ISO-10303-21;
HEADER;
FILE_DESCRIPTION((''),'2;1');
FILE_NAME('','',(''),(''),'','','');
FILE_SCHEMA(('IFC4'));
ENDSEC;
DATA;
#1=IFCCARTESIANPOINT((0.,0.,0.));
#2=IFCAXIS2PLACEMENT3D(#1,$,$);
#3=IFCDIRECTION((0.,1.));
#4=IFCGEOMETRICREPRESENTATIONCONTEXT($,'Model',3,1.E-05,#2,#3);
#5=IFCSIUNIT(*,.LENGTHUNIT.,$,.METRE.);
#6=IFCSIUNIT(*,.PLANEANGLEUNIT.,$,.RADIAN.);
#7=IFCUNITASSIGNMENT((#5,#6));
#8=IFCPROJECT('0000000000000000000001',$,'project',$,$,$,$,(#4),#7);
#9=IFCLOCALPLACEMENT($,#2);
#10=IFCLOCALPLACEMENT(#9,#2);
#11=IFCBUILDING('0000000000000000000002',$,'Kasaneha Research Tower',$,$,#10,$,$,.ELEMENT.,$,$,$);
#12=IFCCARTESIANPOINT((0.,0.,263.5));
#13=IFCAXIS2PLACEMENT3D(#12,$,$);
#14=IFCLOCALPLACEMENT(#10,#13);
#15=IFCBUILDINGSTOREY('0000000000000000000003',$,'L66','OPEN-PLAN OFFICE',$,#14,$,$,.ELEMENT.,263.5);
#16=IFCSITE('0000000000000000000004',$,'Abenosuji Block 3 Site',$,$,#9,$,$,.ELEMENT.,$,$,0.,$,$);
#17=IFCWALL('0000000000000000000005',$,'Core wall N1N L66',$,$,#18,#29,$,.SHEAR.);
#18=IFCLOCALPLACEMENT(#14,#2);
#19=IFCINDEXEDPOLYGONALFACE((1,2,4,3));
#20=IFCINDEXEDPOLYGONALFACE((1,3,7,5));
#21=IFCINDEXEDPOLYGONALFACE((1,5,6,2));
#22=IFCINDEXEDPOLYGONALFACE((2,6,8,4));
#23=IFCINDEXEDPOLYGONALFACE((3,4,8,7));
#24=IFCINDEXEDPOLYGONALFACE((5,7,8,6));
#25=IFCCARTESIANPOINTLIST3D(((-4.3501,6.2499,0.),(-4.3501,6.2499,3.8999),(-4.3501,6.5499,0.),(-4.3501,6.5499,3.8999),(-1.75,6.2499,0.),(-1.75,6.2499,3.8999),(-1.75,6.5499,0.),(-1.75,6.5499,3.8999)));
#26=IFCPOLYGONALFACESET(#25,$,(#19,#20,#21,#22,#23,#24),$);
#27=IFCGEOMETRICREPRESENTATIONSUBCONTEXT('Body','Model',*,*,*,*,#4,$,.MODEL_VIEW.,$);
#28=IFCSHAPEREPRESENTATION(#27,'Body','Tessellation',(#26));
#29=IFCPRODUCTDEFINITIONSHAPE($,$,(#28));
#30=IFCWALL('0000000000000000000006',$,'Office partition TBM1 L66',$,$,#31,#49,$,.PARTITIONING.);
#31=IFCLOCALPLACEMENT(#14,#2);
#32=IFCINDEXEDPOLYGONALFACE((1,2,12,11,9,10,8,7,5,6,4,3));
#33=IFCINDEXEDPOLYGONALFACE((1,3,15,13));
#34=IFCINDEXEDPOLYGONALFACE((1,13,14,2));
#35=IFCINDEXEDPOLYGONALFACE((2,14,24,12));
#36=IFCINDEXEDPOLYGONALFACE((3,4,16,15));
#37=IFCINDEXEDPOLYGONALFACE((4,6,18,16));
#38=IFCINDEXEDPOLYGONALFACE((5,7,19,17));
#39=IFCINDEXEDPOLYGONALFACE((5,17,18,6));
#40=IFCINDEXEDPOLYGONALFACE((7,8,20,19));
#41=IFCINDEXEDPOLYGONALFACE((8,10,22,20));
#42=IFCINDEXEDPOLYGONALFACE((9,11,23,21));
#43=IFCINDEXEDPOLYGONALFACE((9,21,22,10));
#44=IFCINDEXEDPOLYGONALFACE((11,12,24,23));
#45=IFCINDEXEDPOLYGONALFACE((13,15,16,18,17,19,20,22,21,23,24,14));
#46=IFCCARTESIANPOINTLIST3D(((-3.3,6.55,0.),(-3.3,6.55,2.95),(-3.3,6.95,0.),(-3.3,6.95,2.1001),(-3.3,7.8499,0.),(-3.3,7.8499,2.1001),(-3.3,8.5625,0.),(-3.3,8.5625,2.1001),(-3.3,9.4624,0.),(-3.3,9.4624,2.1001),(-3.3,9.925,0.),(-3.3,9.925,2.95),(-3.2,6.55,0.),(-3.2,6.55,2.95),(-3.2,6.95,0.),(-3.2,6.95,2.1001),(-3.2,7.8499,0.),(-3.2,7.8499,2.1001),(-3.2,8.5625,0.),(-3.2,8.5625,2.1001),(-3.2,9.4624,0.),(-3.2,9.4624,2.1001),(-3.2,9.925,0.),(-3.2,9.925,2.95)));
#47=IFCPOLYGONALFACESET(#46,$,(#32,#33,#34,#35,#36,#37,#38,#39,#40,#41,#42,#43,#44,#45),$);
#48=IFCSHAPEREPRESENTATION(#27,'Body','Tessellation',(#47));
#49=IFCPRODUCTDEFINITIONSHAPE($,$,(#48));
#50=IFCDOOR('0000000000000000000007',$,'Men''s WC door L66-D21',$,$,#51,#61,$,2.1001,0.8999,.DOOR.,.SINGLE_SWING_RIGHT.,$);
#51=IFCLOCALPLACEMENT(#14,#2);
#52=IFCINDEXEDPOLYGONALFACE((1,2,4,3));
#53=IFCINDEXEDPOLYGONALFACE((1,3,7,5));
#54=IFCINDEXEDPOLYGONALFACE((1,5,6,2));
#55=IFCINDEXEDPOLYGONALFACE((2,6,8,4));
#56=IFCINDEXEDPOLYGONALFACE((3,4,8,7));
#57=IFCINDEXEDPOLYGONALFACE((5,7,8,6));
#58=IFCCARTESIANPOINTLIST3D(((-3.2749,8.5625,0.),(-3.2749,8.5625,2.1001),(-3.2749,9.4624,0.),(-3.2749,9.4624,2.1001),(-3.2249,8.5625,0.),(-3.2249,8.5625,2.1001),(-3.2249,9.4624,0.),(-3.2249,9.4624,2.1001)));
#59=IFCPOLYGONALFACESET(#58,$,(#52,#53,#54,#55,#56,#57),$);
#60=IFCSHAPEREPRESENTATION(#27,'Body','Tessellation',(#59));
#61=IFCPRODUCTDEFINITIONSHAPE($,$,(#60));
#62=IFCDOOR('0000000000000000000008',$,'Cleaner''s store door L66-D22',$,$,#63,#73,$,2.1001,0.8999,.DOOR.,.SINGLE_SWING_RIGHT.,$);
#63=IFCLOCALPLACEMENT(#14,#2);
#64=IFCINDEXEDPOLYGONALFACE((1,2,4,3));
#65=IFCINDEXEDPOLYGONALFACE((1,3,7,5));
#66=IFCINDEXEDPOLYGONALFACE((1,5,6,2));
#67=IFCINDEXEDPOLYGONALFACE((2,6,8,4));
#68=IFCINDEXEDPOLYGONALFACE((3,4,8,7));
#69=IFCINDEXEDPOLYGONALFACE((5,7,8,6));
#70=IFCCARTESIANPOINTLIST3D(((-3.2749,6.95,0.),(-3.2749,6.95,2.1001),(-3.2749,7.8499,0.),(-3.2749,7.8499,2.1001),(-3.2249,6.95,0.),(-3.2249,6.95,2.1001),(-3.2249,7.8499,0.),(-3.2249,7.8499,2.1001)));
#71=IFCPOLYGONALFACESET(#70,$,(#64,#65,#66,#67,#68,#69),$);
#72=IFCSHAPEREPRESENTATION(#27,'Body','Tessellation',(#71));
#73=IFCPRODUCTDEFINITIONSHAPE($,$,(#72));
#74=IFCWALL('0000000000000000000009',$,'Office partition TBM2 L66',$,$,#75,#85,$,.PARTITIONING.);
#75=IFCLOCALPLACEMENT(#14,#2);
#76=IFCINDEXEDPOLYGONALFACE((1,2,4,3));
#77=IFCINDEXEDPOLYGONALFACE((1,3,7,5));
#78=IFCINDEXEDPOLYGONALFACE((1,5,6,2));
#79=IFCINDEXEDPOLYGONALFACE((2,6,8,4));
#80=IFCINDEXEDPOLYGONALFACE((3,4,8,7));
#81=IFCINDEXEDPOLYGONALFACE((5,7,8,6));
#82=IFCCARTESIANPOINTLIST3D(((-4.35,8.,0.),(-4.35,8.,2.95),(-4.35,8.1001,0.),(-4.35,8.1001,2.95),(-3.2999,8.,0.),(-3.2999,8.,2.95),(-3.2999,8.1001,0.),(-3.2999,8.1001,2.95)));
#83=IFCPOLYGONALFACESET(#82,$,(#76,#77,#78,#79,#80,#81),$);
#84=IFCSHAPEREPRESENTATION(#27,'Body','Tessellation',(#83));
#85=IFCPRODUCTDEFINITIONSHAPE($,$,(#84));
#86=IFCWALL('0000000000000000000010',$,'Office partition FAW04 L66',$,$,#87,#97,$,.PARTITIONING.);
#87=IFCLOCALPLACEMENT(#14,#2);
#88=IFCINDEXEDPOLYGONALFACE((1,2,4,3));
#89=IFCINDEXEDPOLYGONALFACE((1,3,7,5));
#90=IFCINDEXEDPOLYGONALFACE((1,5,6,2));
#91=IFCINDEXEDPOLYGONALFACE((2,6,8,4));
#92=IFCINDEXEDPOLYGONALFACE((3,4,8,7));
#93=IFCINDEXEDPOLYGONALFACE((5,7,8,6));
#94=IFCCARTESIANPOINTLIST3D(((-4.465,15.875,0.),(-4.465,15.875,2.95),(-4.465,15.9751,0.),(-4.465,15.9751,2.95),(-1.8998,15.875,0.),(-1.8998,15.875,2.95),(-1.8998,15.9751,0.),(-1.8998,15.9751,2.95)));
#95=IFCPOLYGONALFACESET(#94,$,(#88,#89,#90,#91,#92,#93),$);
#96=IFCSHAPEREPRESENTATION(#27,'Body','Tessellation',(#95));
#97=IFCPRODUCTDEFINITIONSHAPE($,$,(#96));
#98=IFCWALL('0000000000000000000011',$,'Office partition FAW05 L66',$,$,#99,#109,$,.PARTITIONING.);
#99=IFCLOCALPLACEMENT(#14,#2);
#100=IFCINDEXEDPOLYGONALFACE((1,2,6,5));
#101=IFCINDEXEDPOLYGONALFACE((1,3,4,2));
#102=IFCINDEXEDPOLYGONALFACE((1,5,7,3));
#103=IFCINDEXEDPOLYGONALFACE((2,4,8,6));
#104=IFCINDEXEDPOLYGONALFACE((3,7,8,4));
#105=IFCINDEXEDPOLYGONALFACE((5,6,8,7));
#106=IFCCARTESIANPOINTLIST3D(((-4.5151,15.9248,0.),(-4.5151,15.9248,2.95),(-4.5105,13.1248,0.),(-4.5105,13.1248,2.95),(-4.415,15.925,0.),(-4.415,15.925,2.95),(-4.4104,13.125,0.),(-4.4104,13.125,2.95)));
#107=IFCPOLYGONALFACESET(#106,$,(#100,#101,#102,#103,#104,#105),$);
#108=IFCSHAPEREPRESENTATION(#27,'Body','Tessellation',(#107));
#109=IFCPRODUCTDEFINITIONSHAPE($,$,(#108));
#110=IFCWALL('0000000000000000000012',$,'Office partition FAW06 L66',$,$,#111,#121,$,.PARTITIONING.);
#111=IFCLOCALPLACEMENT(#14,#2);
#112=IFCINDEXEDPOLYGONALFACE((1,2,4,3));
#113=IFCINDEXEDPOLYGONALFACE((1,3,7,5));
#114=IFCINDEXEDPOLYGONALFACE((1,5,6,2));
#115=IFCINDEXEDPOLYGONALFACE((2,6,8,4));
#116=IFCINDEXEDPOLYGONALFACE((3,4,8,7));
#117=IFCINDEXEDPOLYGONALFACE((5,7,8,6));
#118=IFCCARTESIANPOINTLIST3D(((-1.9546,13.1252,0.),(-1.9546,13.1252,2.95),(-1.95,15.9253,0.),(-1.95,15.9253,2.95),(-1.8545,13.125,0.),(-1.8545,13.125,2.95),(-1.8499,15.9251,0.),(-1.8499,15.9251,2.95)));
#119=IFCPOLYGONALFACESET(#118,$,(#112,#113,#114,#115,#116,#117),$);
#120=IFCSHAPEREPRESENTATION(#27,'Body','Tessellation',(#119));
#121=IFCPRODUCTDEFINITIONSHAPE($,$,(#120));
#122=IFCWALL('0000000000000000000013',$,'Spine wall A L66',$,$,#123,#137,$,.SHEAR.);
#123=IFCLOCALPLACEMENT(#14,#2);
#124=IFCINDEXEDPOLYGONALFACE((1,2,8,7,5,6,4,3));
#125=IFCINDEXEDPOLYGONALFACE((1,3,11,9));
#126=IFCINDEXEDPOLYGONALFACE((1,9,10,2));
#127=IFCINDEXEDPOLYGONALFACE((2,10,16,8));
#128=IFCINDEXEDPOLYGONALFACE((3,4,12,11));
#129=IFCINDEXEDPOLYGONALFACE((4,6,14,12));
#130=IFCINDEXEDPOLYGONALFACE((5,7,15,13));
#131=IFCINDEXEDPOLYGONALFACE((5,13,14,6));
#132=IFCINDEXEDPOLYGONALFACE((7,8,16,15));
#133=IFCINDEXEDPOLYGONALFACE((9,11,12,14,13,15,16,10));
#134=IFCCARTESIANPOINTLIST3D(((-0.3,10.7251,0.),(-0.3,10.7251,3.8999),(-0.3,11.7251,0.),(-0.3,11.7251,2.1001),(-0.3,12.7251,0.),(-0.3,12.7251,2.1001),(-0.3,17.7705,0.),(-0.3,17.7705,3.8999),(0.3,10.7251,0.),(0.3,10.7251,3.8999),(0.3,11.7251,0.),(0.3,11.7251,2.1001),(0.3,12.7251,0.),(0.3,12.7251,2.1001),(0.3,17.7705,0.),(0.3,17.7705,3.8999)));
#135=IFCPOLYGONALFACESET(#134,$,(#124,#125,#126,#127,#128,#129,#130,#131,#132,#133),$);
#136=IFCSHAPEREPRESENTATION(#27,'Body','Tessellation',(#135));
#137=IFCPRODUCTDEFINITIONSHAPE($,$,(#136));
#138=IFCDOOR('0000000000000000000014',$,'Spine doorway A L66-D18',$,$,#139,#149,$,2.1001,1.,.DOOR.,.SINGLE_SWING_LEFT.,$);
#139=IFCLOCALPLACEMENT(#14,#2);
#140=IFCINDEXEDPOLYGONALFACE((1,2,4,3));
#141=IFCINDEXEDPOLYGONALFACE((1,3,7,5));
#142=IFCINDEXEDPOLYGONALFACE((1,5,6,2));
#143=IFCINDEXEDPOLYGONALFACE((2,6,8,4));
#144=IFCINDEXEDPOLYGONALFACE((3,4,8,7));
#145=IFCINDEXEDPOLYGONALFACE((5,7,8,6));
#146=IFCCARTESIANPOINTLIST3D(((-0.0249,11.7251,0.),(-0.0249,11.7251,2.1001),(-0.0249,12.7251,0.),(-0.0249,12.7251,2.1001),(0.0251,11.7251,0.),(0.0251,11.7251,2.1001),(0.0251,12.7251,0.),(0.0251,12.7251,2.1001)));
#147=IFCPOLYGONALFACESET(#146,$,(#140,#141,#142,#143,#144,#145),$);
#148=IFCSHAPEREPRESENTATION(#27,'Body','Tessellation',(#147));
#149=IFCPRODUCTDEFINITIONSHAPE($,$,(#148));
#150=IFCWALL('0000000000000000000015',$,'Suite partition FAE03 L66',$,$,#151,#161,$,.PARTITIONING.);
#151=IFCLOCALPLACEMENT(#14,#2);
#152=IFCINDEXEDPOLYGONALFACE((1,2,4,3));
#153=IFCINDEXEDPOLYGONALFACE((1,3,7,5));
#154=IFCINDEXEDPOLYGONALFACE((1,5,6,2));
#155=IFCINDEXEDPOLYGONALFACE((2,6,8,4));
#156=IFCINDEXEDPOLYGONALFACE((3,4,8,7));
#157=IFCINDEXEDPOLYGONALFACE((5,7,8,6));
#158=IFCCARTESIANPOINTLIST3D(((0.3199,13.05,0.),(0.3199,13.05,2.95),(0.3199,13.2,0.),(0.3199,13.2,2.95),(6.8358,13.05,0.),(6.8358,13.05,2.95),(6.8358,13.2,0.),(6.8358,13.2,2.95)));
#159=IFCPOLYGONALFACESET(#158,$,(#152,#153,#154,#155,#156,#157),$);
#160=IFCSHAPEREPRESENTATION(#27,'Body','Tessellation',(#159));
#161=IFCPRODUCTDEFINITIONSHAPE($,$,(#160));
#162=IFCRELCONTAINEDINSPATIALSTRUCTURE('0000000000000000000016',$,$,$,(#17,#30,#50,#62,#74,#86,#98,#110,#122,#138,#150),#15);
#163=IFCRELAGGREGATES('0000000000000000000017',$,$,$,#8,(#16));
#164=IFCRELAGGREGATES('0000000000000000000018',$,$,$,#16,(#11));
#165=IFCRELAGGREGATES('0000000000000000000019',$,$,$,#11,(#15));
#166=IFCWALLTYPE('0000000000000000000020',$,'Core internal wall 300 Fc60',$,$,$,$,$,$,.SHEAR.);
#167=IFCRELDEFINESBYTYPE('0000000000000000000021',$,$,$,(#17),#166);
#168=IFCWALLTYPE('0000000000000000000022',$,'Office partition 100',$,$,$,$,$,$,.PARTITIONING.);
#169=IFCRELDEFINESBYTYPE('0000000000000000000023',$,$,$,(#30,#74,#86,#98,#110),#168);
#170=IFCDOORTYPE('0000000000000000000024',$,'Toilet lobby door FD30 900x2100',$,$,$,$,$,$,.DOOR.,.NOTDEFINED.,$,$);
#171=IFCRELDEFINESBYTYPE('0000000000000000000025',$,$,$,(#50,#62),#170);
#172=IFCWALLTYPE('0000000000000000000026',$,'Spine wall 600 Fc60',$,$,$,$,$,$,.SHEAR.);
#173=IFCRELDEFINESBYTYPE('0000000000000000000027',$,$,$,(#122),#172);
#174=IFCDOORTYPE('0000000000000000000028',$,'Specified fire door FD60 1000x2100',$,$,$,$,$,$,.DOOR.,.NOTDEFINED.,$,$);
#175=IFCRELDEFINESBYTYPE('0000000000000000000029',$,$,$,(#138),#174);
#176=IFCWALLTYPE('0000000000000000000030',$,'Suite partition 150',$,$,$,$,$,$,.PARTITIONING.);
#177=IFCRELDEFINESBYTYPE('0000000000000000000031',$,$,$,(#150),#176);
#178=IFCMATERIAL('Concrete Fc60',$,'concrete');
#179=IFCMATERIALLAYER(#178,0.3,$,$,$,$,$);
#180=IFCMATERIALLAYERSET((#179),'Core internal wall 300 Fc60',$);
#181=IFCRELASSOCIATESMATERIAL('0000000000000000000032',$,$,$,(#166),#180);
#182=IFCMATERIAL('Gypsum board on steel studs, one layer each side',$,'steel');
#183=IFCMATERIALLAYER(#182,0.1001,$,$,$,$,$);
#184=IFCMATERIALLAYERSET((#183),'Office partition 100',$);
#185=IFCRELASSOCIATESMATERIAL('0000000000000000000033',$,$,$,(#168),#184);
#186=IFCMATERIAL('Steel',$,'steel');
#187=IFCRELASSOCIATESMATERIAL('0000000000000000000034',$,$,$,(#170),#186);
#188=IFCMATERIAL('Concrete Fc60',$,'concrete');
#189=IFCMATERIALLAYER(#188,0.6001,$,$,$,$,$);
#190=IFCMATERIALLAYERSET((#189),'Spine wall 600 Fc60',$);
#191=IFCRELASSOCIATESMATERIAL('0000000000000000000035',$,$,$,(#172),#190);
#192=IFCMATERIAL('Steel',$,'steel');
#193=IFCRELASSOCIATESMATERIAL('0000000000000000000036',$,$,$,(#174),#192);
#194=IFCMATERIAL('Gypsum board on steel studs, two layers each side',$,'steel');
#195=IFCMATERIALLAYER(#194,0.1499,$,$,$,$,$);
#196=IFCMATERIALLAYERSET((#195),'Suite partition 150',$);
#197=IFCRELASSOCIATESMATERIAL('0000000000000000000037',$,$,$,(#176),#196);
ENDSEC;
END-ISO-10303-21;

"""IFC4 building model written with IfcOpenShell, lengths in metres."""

from ifc_helpers import new_model, si_unit, direction, frame, frame_2d, origin, place, context, subcontext, project, spatial, rectangle, extrude, material, layer, layer_set, type_object, element, fill, save


model = new_model("IFC4")

# Units and contexts
model_context = context("Model", 3, precision=1e-05, world=origin(), true_north=direction((0.0, 1.0)))
body_context = subcontext(model_context, "Body", "Model", "MODEL_VIEW")
ifc_project = project(units=[si_unit("LENGTHUNIT", "METRE"), si_unit("PLANEANGLEUNIT", "RADIAN")], contexts=[model_context])

# Site, building, storey
site_placement = place(None, origin())
site = spatial("IfcSite", under=ifc_project, at=site_placement, Name="Abenosuji Block 3 Site", CompositionType="ELEMENT", RefElevation=0.0)
building_placement = place(site_placement, origin())
building = spatial("IfcBuilding", under=site, at=building_placement, Name="Kasaneha Research Tower", CompositionType="ELEMENT")
storey_placement = place(building_placement, frame((0.0, 0.0, 263.5)))
storey = spatial("IfcBuildingStorey", under=building, at=storey_placement, Name="L66", Description="OPEN-PLAN OFFICE", CompositionType="ELEMENT", Elevation=263.5)

# Shared definitions
ifc_material_1 = material(Name="Concrete Fc60", Category="concrete")
ifc_layer_1 = layer(ifc_material_1, 0.3)
ifc_layer_set_1 = layer_set([ifc_layer_1], Name="Core internal wall 300 Fc60")
wall_type_1 = type_object("IfcWallType", Name="Core internal wall 300 Fc60", PredefinedType="SHEAR", material=ifc_layer_set_1)

# Wall
wall_1_placement = place(storey_placement, frame((-4.3501, 6.3999, 0.0), z_axis=(0.0, 0.0, 1.0), x_axis=(1.0, 0.0, 0.0)))
element("IfcWall", 1, at=wall_1_placement, inside=storey, type_object=wall_type_1, Name="Core wall N1N L66", PredefinedType="SHEAR", context=body_context, shape_type="SweptSolid", body=[
    extrude(rectangle(XDim=2.6001, YDim=0.3, at=frame_2d((1.3, 0.0))), origin(), (0.0, 0.0, 1.0), 3.8999),
])

# Wall, openings, doors
ifc_material_2 = material(Name="Gypsum board on steel studs, one layer each side", Category="steel")
ifc_layer_2 = layer(ifc_material_2, 0.1001)
ifc_layer_set_2 = layer_set([ifc_layer_2], Name="Office partition 100")
wall_type_2 = type_object("IfcWallType", Name="Office partition 100", PredefinedType="PARTITIONING", material=ifc_layer_set_2)
wall_2_placement = place(storey_placement, frame((-3.25, 6.55, 0.0), z_axis=(0.0, 0.0, 1.0), x_axis=(0.0, 1.0, 0.0)))
wall_2 = element("IfcWall", 2, at=wall_2_placement, inside=storey, type_object=wall_type_2, Name="Office partition TBM1 L66", PredefinedType="PARTITIONING", context=body_context, shape_type="SweptSolid", body=[
    extrude(rectangle(XDim=3.375, YDim=0.1001, at=frame_2d((1.6875, 0.0))), origin(), (0.0, 0.0, 1.0), 2.95),
])
opening_1_placement = place(wall_2_placement, frame((2.0125, 0.0, 0.0)))
opening_1 = element("IfcOpeningElement", 3, at=opening_1_placement, cuts=wall_2, PredefinedType="OPENING", context=body_context, shape_type="SweptSolid", body=[
    extrude(rectangle(XDim=0.8999, YDim=2.1001, at=frame_2d((0.45, 1.05))), frame((0.0, 0.0601, 0.0), z_axis=(0.0, -1.0, 0.0), x_axis=(1.0, 0.0, 0.0)), (0.0, 0.0, 1.0), 0.1201),
])
opening_2_placement = place(wall_2_placement, frame((0.3999, 0.0, 0.0)))
opening_2 = element("IfcOpeningElement", 4, at=opening_2_placement, cuts=wall_2, PredefinedType="OPENING", context=body_context, shape_type="SweptSolid", body=[
    extrude(rectangle(XDim=0.8999, YDim=2.1001, at=frame_2d((0.45, 1.05))), frame((0.0, 0.0601, 0.0), z_axis=(0.0, -1.0, 0.0), x_axis=(1.0, 0.0, 0.0)), (0.0, 0.0, 1.0), 0.1201),
])
ifc_material_3 = material(Name="Steel", Category="steel")
door_type_1 = type_object("IfcDoorType", Name="Toilet lobby door FD30 900x2100", OperationType="NOTDEFINED", PredefinedType="DOOR", material=ifc_material_3)
door_1_placement = place(opening_1_placement, origin())
door_1 = element("IfcDoor", 5, at=door_1_placement, inside=storey, type_object=door_type_1, Name="Men's WC door L66-D21", OperationType="SINGLE_SWING_RIGHT", OverallHeight=2.1001, OverallWidth=0.8999, PredefinedType="DOOR", context=body_context, shape_type="SweptSolid", body=[
    extrude(rectangle(XDim=0.8999, YDim=2.1001, at=frame_2d((0.45, 1.05))), frame((0.0, 0.0249, 0.0), z_axis=(0.0, -1.0, 0.0), x_axis=(1.0, 0.0, 0.0)), (0.0, 0.0, 1.0), 0.05),
])
fill(opening_1, door_1)
door_2_placement = place(opening_2_placement, origin())
door_2 = element("IfcDoor", 6, at=door_2_placement, inside=storey, type_object=door_type_1, Name="Cleaner's store door L66-D22", OperationType="SINGLE_SWING_RIGHT", OverallHeight=2.1001, OverallWidth=0.8999, PredefinedType="DOOR", context=body_context, shape_type="SweptSolid", body=[
    extrude(rectangle(XDim=0.8999, YDim=2.1001, at=frame_2d((0.45, 1.05))), frame((0.0, 0.0249, 0.0), z_axis=(0.0, -1.0, 0.0), x_axis=(1.0, 0.0, 0.0)), (0.0, 0.0, 1.0), 0.05),
])
fill(opening_2, door_2)

# Walls
wall_3_placement = place(storey_placement, frame((-3.3, 8.05, 0.0), z_axis=(0.0, 0.0, 1.0), x_axis=(-1.0, 0.0, 0.0)))
element("IfcWall", 7, at=wall_3_placement, inside=storey, type_object=wall_type_2, Name="Office partition TBM2 L66", PredefinedType="PARTITIONING", context=body_context, shape_type="SweptSolid", body=[
    extrude(rectangle(XDim=1.05, YDim=0.1001, at=frame_2d((0.5249, 0.0))), origin(), (0.0, 0.0, 1.0), 2.95),
])
wall_4_placement = place(storey_placement, frame((-4.4651, 15.925, 0.0), z_axis=(0.0, 0.0, 1.0), x_axis=(1.0, 0.0, 0.0)))
element("IfcWall", 8, at=wall_4_placement, inside=storey, type_object=wall_type_2, Name="Office partition FAW04 L66", PredefinedType="PARTITIONING", context=body_context, shape_type="SweptSolid", body=[
    extrude(rectangle(XDim=2.5652, YDim=0.1001, at=frame_2d((1.2827, 0.0))), origin(), (0.0, 0.0, 1.0), 2.95),
])
for number, where, z_axis, x_axis, name in (
    (9, (-4.4604, 13.125, 0.0), (0.0, 0.0, 1.0), (-0.001657, 0.999999, 0.0), "Office partition FAW05 L66"),
    (10, (-1.8999, 15.925, 0.0), (0.0, 0.0, 1.0), (-0.001657, -0.999999, 0.0), "Office partition FAW06 L66"),
):
    element("IfcWall", number, at=place(storey_placement, frame(where, z_axis=z_axis, x_axis=x_axis)), inside=storey, type_object=wall_type_2, Name=name, PredefinedType="PARTITIONING", context=body_context, shape_type="SweptSolid", body=[
        extrude(rectangle(XDim=2.8, YDim=0.1001, at=frame_2d((1.3999, 0.0))), origin(), (0.0, 0.0, 1.0), 2.95),
    ])

# Wall, opening, door
ifc_material_4 = material(Name="Concrete Fc60", Category="concrete")
ifc_layer_3 = layer(ifc_material_4, 0.6001)
ifc_layer_set_3 = layer_set([ifc_layer_3], Name="Spine wall 600 Fc60")
wall_type_3 = type_object("IfcWallType", Name="Spine wall 600 Fc60", PredefinedType="SHEAR", material=ifc_layer_set_3)
wall_5_placement = place(storey_placement, frame((0.0, 10.7251, 0.0), z_axis=(0.0, 0.0, 1.0), x_axis=(0.0, 1.0, 0.0)))
wall_5 = element("IfcWall", 11, at=wall_5_placement, inside=storey, type_object=wall_type_3, Name="Spine wall A L66", PredefinedType="SHEAR", context=body_context, shape_type="SweptSolid", body=[
    extrude(rectangle(XDim=7.0454, YDim=0.6001, at=frame_2d((3.5227, 0.0))), origin(), (0.0, 0.0, 1.0), 3.8999),
])
opening_3_placement = place(wall_5_placement, frame((1.0, 0.0, 0.0)))
opening_3 = element("IfcOpeningElement", 12, at=opening_3_placement, cuts=wall_5, PredefinedType="OPENING", context=body_context, shape_type="SweptSolid", body=[
    extrude(rectangle(XDim=1.0, YDim=2.1001, at=frame_2d((0.5, 1.05))), frame((0.0, 0.3101, 0.0), z_axis=(0.0, -1.0, 0.0), x_axis=(1.0, 0.0, 0.0)), (0.0, 0.0, 1.0), 0.6201),
])
ifc_material_5 = material(Name="Steel", Category="steel")
door_type_2 = type_object("IfcDoorType", Name="Specified fire door FD60 1000x2100", OperationType="NOTDEFINED", PredefinedType="DOOR", material=ifc_material_5)
door_3_placement = place(opening_3_placement, origin())
door_3 = element("IfcDoor", 13, at=door_3_placement, inside=storey, type_object=door_type_2, Name="Spine doorway A L66-D18", OperationType="SINGLE_SWING_LEFT", OverallHeight=2.1001, OverallWidth=1.0, PredefinedType="DOOR", context=body_context, shape_type="SweptSolid", body=[
    extrude(rectangle(XDim=1.0, YDim=2.1001, at=frame_2d((0.5, 1.05))), frame((0.0, 0.0249, 0.0), z_axis=(0.0, -1.0, 0.0), x_axis=(1.0, 0.0, 0.0)), (0.0, 0.0, 1.0), 0.05),
])
fill(opening_3, door_3)

# Wall
ifc_material_6 = material(Name="Gypsum board on steel studs, two layers each side", Category="steel")
ifc_layer_4 = layer(ifc_material_6, 0.1499)
ifc_layer_set_4 = layer_set([ifc_layer_4], Name="Suite partition 150")
wall_type_4 = type_object("IfcWallType", Name="Suite partition 150", PredefinedType="PARTITIONING", material=ifc_layer_set_4)
wall_6_placement = place(storey_placement, frame((0.3201, 13.125, 0.0), z_axis=(0.0, 0.0, 1.0), x_axis=(1.0, 0.0, 0.0)))
element("IfcWall", 14, at=wall_6_placement, inside=storey, type_object=wall_type_4, Name="Suite partition FAE03 L66", PredefinedType="PARTITIONING", context=body_context, shape_type="SweptSolid", body=[
    extrude(rectangle(XDim=6.5159, YDim=0.1499, at=frame_2d((3.2578, 0.0))), origin(), (0.0, 0.0, 1.0), 2.95),
])

save(model, "model.ifc")
